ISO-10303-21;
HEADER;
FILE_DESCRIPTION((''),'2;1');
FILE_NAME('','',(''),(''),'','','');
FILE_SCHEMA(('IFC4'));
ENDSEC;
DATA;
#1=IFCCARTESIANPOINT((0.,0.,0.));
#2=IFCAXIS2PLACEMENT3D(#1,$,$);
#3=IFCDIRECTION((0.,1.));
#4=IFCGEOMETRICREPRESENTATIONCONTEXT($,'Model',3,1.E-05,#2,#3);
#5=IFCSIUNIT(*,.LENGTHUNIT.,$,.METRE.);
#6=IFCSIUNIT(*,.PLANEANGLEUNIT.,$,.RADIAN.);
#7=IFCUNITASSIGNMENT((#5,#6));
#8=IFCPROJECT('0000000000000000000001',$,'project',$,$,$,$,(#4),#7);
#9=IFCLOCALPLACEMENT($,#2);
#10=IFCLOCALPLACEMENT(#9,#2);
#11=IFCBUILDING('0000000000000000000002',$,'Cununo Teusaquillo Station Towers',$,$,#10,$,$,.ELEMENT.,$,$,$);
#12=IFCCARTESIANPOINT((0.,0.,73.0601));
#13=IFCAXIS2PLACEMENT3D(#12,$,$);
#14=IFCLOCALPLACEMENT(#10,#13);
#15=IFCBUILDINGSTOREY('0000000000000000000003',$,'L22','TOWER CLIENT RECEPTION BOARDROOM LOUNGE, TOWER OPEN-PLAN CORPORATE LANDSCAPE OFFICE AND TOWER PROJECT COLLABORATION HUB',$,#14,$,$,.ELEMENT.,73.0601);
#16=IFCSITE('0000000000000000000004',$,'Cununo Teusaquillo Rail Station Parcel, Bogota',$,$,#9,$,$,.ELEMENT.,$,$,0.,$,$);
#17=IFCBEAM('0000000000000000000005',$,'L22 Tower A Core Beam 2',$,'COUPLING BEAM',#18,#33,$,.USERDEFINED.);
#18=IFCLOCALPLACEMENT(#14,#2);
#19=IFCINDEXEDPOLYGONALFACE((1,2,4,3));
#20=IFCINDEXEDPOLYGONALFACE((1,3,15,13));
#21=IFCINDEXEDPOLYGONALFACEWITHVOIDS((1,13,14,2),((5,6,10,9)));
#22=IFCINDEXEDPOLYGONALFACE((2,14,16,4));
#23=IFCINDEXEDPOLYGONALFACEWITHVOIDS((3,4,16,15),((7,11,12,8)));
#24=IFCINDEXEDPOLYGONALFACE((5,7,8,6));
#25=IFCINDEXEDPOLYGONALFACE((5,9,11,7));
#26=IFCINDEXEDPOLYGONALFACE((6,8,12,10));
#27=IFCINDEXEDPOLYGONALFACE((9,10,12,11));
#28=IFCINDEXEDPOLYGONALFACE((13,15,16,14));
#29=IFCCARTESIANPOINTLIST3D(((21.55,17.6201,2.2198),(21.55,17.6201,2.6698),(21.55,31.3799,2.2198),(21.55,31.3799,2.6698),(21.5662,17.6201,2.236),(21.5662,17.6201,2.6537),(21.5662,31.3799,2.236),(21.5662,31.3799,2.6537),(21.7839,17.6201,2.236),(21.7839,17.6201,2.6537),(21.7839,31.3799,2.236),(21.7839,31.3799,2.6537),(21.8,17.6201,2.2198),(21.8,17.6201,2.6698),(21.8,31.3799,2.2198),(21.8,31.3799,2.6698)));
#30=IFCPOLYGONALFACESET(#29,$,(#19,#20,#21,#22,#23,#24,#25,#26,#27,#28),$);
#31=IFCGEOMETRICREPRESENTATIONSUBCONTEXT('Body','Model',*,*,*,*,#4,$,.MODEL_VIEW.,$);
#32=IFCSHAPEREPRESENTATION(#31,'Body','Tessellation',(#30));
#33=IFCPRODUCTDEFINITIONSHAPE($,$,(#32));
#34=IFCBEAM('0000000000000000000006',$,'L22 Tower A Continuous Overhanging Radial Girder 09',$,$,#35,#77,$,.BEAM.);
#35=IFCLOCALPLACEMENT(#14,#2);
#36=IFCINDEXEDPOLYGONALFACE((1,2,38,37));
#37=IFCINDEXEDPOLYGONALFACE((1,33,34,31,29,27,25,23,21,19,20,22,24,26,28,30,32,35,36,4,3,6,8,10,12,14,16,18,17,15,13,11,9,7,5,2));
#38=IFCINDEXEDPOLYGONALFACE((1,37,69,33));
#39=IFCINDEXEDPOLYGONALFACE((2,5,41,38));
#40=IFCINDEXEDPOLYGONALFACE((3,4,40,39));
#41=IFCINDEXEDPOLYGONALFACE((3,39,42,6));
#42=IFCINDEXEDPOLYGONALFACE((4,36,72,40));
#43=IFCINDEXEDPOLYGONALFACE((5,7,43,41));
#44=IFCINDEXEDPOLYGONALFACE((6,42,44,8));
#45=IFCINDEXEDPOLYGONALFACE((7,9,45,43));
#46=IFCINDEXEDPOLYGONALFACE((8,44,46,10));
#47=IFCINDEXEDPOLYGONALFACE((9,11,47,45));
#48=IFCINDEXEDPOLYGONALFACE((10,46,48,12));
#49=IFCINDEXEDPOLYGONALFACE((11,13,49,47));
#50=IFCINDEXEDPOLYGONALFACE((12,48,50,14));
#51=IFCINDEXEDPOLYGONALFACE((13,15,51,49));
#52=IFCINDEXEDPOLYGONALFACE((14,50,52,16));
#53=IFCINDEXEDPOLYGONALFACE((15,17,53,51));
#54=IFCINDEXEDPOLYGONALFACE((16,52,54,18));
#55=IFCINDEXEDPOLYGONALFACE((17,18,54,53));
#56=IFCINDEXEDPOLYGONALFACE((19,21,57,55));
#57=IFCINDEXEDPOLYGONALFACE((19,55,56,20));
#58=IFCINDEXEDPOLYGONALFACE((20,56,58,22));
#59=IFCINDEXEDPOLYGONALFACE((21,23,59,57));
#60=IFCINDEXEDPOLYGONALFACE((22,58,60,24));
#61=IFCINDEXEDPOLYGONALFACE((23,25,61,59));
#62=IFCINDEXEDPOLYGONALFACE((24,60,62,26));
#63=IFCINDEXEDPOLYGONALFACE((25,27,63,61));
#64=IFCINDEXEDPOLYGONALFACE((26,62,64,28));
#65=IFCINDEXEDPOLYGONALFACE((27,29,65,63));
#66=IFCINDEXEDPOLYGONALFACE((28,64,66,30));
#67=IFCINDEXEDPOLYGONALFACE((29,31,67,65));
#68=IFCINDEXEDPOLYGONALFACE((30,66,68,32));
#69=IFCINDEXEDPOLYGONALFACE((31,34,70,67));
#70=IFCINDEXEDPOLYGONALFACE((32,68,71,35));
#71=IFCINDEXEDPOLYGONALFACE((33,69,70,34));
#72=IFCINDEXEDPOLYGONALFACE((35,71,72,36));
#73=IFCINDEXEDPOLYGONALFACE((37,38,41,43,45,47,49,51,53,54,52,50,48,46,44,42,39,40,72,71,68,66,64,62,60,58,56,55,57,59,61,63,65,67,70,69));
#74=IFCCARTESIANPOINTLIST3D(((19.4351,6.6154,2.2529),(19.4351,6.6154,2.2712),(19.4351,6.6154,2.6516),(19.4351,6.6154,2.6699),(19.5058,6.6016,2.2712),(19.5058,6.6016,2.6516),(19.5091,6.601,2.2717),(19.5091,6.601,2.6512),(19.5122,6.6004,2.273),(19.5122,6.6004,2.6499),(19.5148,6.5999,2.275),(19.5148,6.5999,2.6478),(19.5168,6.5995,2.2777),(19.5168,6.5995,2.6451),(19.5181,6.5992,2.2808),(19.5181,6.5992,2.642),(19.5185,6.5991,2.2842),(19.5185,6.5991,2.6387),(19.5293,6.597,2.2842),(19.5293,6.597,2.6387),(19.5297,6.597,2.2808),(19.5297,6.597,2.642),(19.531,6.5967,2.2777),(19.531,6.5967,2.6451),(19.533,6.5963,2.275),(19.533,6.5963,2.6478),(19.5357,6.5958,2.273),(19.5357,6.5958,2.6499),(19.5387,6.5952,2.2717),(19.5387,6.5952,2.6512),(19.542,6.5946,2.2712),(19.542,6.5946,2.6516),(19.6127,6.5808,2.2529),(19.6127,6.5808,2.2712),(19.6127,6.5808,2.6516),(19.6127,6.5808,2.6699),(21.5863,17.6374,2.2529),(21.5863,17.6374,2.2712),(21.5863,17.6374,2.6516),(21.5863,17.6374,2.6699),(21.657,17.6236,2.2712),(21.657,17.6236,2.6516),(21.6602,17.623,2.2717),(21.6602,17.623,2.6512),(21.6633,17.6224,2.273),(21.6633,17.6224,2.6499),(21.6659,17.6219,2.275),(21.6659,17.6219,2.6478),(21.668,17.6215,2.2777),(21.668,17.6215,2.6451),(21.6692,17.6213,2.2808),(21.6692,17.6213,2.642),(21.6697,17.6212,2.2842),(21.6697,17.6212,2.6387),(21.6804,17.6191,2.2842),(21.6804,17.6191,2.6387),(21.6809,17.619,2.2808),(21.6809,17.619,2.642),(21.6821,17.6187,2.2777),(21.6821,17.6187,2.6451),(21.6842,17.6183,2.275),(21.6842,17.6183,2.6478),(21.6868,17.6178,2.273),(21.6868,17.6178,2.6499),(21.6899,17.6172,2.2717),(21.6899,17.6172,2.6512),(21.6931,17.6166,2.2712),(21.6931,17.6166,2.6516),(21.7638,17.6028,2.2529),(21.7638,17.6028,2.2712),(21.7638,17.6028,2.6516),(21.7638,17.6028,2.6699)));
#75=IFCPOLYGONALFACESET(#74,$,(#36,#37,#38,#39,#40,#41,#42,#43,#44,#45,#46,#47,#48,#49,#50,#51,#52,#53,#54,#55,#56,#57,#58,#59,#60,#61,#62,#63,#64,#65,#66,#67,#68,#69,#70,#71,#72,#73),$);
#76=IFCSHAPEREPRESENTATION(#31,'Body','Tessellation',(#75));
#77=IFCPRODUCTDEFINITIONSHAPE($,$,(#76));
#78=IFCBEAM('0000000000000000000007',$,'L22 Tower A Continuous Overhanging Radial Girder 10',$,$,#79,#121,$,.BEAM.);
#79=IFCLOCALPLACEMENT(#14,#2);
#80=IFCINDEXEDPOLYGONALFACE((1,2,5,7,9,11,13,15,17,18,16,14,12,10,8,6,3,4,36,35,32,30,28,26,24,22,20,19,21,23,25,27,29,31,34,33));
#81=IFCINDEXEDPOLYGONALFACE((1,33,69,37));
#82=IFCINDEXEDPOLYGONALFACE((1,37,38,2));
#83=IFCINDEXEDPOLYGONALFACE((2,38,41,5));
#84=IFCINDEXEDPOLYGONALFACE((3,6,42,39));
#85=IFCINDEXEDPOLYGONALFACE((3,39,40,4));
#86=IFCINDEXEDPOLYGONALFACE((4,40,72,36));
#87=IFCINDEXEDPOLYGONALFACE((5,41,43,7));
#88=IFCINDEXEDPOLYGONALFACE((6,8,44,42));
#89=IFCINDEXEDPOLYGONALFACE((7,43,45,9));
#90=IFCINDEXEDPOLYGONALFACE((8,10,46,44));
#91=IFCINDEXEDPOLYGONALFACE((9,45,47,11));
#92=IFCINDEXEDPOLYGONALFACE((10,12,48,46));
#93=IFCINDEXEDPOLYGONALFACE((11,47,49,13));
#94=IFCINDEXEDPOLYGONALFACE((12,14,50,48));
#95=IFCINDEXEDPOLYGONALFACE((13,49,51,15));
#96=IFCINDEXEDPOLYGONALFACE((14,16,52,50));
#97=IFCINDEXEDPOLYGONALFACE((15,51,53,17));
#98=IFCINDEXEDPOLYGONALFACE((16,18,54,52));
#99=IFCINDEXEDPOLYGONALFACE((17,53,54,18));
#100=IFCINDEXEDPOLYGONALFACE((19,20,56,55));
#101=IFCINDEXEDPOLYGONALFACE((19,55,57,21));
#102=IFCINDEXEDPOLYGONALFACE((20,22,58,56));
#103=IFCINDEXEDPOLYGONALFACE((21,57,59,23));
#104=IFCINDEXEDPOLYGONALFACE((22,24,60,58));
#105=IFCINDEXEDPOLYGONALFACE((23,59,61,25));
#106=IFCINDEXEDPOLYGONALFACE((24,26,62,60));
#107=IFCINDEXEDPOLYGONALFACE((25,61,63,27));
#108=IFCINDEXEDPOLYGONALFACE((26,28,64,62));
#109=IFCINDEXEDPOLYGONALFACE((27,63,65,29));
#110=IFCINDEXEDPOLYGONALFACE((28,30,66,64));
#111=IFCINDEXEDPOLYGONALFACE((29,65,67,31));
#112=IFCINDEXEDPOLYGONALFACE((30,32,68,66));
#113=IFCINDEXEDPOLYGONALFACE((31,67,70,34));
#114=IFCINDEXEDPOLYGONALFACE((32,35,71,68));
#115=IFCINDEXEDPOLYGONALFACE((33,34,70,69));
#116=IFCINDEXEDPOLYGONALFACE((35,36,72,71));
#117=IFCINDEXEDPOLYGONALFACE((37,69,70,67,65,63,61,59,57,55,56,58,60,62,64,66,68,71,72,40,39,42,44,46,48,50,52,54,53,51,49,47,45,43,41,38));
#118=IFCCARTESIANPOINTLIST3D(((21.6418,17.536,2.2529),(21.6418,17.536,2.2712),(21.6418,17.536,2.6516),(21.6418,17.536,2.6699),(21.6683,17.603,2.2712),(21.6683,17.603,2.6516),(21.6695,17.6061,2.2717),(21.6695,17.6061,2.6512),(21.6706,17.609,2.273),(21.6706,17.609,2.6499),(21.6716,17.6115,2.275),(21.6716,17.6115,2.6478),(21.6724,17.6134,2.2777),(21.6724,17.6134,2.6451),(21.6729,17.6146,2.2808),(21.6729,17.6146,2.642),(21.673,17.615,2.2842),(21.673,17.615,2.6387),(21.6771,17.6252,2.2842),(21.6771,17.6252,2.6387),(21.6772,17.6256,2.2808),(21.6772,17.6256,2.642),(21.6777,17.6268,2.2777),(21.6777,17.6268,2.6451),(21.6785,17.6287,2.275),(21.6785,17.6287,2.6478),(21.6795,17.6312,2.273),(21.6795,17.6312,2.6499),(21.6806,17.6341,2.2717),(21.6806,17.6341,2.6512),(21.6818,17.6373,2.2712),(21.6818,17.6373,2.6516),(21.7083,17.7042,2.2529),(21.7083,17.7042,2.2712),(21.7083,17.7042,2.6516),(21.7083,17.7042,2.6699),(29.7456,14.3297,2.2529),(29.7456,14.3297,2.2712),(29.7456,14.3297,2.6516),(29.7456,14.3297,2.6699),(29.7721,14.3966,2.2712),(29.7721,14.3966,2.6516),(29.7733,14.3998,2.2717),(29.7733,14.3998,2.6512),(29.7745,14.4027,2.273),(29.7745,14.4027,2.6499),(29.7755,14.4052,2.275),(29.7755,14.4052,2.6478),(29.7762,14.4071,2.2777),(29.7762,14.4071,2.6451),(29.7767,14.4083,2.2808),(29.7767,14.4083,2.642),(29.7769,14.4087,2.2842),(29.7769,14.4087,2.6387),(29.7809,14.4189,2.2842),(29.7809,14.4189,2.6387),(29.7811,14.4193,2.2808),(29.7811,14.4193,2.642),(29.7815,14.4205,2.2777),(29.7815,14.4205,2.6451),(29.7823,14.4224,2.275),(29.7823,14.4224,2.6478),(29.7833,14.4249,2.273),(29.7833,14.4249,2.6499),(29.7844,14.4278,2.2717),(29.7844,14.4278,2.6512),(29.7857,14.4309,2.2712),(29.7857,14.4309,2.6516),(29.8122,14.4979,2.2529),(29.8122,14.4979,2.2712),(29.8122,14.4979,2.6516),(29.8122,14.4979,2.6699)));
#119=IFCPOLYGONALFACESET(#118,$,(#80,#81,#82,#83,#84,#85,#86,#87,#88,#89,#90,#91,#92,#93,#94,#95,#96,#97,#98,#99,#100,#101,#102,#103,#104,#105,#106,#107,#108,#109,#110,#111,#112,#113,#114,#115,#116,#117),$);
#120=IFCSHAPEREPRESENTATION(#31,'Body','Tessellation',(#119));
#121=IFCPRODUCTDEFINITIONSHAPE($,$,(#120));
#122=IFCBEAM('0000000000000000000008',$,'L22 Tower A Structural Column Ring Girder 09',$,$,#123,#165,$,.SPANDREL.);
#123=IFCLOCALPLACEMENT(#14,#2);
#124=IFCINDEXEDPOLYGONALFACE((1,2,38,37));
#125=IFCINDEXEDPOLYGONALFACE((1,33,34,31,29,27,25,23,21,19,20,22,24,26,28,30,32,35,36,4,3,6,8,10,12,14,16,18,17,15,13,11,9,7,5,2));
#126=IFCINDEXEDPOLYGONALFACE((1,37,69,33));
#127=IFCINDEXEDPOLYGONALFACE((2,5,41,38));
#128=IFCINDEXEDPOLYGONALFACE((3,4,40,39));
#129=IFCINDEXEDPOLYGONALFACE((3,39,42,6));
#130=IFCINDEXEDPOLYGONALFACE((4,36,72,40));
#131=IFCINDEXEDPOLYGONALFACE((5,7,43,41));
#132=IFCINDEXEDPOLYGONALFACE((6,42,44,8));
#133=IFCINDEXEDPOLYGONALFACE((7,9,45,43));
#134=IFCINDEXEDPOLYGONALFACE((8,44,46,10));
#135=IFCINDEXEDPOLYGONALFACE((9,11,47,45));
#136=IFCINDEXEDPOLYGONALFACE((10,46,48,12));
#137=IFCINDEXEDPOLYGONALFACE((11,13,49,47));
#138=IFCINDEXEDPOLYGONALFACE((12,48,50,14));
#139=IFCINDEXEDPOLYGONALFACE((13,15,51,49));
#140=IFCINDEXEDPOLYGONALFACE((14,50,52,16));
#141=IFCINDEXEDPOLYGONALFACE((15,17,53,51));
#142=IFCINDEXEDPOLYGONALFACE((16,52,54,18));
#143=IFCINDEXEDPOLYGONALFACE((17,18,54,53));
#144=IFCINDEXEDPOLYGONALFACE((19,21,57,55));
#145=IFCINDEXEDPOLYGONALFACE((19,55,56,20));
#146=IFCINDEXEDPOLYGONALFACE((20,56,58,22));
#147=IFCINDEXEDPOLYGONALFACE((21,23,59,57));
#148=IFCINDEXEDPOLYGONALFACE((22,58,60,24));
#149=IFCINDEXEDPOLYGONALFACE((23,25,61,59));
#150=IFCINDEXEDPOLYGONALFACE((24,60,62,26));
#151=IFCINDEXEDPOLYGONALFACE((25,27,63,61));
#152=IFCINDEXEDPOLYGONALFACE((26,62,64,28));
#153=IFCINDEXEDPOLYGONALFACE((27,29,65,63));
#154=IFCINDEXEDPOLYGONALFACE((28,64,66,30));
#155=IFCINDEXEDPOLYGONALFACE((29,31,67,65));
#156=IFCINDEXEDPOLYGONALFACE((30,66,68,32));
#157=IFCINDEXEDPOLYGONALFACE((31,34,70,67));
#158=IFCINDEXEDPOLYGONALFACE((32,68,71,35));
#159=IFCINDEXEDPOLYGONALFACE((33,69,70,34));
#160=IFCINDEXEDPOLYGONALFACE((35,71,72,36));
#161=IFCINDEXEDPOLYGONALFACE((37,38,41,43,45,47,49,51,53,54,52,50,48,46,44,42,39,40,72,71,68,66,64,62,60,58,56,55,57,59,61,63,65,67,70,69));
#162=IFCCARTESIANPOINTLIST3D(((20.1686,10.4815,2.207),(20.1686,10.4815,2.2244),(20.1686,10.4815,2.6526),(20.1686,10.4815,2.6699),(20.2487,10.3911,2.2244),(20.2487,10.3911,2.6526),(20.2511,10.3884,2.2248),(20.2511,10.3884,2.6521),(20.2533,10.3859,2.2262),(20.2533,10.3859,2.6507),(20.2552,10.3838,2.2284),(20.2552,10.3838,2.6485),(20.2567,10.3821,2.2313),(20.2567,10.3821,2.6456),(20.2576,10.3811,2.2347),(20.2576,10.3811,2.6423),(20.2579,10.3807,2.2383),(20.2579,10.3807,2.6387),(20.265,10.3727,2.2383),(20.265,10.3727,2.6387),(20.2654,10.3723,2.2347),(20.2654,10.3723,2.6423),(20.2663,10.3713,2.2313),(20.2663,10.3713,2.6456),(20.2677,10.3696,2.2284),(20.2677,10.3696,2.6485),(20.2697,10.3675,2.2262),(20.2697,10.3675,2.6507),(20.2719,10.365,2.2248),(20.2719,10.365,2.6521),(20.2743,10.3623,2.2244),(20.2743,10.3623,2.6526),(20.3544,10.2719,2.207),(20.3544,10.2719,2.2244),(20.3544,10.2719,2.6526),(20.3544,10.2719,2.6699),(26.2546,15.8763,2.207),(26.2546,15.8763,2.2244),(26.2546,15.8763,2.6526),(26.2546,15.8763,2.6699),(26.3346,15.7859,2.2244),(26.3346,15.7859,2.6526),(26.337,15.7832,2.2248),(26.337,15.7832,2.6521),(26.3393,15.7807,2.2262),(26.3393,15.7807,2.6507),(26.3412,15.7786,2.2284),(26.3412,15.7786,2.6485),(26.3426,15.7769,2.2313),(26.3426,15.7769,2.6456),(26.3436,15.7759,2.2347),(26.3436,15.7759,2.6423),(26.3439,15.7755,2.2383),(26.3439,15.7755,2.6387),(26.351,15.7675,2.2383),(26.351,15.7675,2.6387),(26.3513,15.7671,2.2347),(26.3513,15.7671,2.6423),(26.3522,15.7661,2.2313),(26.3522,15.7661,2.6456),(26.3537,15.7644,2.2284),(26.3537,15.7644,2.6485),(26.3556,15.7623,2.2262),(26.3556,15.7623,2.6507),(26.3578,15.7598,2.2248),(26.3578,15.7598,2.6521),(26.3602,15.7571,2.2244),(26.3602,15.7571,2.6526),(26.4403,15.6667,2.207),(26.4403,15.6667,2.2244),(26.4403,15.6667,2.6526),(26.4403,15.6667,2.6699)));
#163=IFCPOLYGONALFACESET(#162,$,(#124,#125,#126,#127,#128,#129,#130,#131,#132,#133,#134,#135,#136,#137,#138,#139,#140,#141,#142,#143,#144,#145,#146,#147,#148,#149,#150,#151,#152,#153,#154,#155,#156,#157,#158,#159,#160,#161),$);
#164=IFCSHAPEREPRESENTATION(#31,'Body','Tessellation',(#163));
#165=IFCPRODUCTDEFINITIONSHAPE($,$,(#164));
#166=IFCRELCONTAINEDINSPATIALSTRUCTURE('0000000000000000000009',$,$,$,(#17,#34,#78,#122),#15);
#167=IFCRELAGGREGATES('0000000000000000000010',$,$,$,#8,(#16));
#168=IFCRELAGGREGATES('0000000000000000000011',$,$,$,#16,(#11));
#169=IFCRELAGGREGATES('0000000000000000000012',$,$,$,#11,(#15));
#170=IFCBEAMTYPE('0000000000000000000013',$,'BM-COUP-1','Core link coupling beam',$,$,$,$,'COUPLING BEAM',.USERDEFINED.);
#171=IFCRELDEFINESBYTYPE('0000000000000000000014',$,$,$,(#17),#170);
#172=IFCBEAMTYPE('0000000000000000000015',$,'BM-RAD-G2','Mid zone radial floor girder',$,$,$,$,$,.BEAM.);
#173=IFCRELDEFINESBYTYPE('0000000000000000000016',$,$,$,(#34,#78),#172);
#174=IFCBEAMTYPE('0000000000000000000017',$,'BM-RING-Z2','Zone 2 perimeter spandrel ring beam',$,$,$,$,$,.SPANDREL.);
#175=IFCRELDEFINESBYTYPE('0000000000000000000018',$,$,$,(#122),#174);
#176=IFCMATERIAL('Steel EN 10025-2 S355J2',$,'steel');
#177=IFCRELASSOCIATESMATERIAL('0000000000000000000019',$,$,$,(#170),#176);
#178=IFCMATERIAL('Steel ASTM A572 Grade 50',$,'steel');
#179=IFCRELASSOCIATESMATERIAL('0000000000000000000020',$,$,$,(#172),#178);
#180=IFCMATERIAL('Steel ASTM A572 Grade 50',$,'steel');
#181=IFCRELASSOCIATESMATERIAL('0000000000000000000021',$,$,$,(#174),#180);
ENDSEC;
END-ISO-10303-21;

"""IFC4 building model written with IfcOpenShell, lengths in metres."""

from ifc_helpers import new_model, si_unit, direction, frame, origin, origin_2d, place, context, subcontext, project, spatial, hollow_rectangle, i_section, extrude, material, material_profile, profile_set, type_object, element, save


model = new_model("IFC4")

# Units and contexts
model_context = context("Model", 3, precision=1e-05, world=origin(), true_north=direction((0.0, 1.0)))
body_context = subcontext(model_context, "Body", "Model", "MODEL_VIEW")
ifc_project = project(units=[si_unit("LENGTHUNIT", "METRE"), si_unit("PLANEANGLEUNIT", "RADIAN")], contexts=[model_context])

# Site, building, storey
site_placement = place(None, origin())
site = spatial("IfcSite", under=ifc_project, at=site_placement, Name="Cununo Teusaquillo Rail Station Parcel, Bogota", CompositionType="ELEMENT", RefElevation=0.0)
building_placement = place(site_placement, origin())
building = spatial("IfcBuilding", under=site, at=building_placement, Name="Cununo Teusaquillo Station Towers", CompositionType="ELEMENT")
storey_placement = place(building_placement, frame((0.0, 0.0, 73.0601)))
storey = spatial("IfcBuildingStorey", under=building, at=storey_placement, Name="L22", Description="TOWER CLIENT RECEPTION BOARDROOM LOUNGE, TOWER OPEN-PLAN CORPORATE LANDSCAPE OFFICE AND TOWER PROJECT COLLABORATION HUB", CompositionType="ELEMENT", Elevation=73.0601)

# Beams
ifc_material_1 = material(Name="Steel EN 10025-2 S355J2", Category="steel")
ifc_material_profile_1 = material_profile(ifc_material_1, hollow_rectangle(XDim=0.25, YDim=0.45, WallThickness=0.0161, at=origin_2d()), Name="RHS 450x250x16")
ifc_profile_set_1 = profile_set([ifc_material_profile_1], Name="Steel EN 10025-2 S355J2")
beam_type_1 = type_object("IfcBeamType", Name="BM-COUP-1", Description="Core link coupling beam", ElementType="COUPLING BEAM", PredefinedType="USERDEFINED", material=ifc_profile_set_1)
beam_1_placement = place(storey_placement, frame((21.675, 17.6201, 2.4448), z_axis=(0.0, 1.0, 0.0), x_axis=(-1.0, 0.0, 0.0)))
element("IfcBeam", 1, at=beam_1_placement, inside=storey, type_object=beam_type_1, Name="L22 Tower A Core Beam 2", ObjectType="COUPLING BEAM", PredefinedType="USERDEFINED", context=body_context, shape_type="SweptSolid", body=[
    extrude(hollow_rectangle(XDim=0.25, YDim=0.45, WallThickness=0.0161, at=origin_2d()), origin(), (0.0, 0.0, 1.0), 13.7598),
])
ifc_material_2 = material(Name="Steel ASTM A572 Grade 50", Category="steel")
ifc_material_profile_2 = material_profile(ifc_material_2, i_section(OverallWidth=0.1809, OverallDepth=0.417, WebThickness=0.011, FlangeThickness=0.0183, FilletRadius=0.0129, at=origin_2d()), Name="W16X57")
ifc_profile_set_2 = profile_set([ifc_material_profile_2], Name="Steel ASTM A572 Grade 50")
beam_type_2 = type_object("IfcBeamType", Name="BM-RAD-G2", Description="Mid zone radial floor girder", PredefinedType="BEAM", material=ifc_profile_set_2)
beam_2_placement = place(storey_placement, frame((21.675, 17.6201, 2.4614), z_axis=(-0.191553, -0.981482, 0.0), x_axis=(0.981482, -0.191553, 0.0)))
element("IfcBeam", 2, at=beam_2_placement, inside=storey, type_object=beam_type_2, Name="L22 Tower A Continuous Overhanging Radial Girder 09", PredefinedType="BEAM", context=body_context, shape_type="SweptSolid", body=[
    extrude(i_section(OverallWidth=0.1809, OverallDepth=0.417, WebThickness=0.011, FlangeThickness=0.0183, FilletRadius=0.0129, at=origin_2d()), origin(), (0.0, 0.0, 1.0), 11.23),
])
beam_3_placement = place(storey_placement, frame((21.675, 17.6201, 2.4614), z_axis=(0.929863, -0.367906, 0.0), x_axis=(0.367906, 0.929863, 0.0)))
element("IfcBeam", 3, at=beam_3_placement, inside=storey, type_object=beam_type_2, Name="L22 Tower A Continuous Overhanging Radial Girder 10", PredefinedType="BEAM", context=body_context, shape_type="SweptSolid", body=[
    extrude(i_section(OverallWidth=0.1809, OverallDepth=0.417, WebThickness=0.011, FlangeThickness=0.0183, FilletRadius=0.0129, at=origin_2d()), origin(), (0.0, 0.0, 1.0), 8.7151),
])
ifc_material_3 = material(Name="Steel ASTM A572 Grade 50", Category="steel")
ifc_material_profile_3 = material_profile(ifc_material_3, i_section(OverallWidth=0.28, OverallDepth=0.4629, WebThickness=0.0107, FlangeThickness=0.0173, FilletRadius=0.0139, at=origin_2d()), Name="W18X76")
ifc_profile_set_3 = profile_set([ifc_material_profile_3], Name="Steel ASTM A572 Grade 50")
beam_type_3 = type_object("IfcBeamType", Name="BM-RING-Z2", Description="Zone 2 perimeter spandrel ring beam", PredefinedType="SPANDREL", material=ifc_profile_set_3)
beam_4_placement = place(storey_placement, frame((20.2615, 10.3767, 2.4385), z_axis=(0.748321, 0.663337, 0.0), x_axis=(-0.663337, 0.748321, 0.0)))
element("IfcBeam", 4, at=beam_4_placement, inside=storey, type_object=beam_type_3, Name="L22 Tower A Structural Column Ring Girder 09", PredefinedType="SPANDREL", context=body_context, shape_type="SweptSolid", body=[
    extrude(i_section(OverallWidth=0.28, OverallDepth=0.4629, WebThickness=0.0107, FlangeThickness=0.0173, FilletRadius=0.0139, at=origin_2d()), origin(), (0.0, 0.0, 1.0), 8.1328),
])

save(model, "model.ifc")
